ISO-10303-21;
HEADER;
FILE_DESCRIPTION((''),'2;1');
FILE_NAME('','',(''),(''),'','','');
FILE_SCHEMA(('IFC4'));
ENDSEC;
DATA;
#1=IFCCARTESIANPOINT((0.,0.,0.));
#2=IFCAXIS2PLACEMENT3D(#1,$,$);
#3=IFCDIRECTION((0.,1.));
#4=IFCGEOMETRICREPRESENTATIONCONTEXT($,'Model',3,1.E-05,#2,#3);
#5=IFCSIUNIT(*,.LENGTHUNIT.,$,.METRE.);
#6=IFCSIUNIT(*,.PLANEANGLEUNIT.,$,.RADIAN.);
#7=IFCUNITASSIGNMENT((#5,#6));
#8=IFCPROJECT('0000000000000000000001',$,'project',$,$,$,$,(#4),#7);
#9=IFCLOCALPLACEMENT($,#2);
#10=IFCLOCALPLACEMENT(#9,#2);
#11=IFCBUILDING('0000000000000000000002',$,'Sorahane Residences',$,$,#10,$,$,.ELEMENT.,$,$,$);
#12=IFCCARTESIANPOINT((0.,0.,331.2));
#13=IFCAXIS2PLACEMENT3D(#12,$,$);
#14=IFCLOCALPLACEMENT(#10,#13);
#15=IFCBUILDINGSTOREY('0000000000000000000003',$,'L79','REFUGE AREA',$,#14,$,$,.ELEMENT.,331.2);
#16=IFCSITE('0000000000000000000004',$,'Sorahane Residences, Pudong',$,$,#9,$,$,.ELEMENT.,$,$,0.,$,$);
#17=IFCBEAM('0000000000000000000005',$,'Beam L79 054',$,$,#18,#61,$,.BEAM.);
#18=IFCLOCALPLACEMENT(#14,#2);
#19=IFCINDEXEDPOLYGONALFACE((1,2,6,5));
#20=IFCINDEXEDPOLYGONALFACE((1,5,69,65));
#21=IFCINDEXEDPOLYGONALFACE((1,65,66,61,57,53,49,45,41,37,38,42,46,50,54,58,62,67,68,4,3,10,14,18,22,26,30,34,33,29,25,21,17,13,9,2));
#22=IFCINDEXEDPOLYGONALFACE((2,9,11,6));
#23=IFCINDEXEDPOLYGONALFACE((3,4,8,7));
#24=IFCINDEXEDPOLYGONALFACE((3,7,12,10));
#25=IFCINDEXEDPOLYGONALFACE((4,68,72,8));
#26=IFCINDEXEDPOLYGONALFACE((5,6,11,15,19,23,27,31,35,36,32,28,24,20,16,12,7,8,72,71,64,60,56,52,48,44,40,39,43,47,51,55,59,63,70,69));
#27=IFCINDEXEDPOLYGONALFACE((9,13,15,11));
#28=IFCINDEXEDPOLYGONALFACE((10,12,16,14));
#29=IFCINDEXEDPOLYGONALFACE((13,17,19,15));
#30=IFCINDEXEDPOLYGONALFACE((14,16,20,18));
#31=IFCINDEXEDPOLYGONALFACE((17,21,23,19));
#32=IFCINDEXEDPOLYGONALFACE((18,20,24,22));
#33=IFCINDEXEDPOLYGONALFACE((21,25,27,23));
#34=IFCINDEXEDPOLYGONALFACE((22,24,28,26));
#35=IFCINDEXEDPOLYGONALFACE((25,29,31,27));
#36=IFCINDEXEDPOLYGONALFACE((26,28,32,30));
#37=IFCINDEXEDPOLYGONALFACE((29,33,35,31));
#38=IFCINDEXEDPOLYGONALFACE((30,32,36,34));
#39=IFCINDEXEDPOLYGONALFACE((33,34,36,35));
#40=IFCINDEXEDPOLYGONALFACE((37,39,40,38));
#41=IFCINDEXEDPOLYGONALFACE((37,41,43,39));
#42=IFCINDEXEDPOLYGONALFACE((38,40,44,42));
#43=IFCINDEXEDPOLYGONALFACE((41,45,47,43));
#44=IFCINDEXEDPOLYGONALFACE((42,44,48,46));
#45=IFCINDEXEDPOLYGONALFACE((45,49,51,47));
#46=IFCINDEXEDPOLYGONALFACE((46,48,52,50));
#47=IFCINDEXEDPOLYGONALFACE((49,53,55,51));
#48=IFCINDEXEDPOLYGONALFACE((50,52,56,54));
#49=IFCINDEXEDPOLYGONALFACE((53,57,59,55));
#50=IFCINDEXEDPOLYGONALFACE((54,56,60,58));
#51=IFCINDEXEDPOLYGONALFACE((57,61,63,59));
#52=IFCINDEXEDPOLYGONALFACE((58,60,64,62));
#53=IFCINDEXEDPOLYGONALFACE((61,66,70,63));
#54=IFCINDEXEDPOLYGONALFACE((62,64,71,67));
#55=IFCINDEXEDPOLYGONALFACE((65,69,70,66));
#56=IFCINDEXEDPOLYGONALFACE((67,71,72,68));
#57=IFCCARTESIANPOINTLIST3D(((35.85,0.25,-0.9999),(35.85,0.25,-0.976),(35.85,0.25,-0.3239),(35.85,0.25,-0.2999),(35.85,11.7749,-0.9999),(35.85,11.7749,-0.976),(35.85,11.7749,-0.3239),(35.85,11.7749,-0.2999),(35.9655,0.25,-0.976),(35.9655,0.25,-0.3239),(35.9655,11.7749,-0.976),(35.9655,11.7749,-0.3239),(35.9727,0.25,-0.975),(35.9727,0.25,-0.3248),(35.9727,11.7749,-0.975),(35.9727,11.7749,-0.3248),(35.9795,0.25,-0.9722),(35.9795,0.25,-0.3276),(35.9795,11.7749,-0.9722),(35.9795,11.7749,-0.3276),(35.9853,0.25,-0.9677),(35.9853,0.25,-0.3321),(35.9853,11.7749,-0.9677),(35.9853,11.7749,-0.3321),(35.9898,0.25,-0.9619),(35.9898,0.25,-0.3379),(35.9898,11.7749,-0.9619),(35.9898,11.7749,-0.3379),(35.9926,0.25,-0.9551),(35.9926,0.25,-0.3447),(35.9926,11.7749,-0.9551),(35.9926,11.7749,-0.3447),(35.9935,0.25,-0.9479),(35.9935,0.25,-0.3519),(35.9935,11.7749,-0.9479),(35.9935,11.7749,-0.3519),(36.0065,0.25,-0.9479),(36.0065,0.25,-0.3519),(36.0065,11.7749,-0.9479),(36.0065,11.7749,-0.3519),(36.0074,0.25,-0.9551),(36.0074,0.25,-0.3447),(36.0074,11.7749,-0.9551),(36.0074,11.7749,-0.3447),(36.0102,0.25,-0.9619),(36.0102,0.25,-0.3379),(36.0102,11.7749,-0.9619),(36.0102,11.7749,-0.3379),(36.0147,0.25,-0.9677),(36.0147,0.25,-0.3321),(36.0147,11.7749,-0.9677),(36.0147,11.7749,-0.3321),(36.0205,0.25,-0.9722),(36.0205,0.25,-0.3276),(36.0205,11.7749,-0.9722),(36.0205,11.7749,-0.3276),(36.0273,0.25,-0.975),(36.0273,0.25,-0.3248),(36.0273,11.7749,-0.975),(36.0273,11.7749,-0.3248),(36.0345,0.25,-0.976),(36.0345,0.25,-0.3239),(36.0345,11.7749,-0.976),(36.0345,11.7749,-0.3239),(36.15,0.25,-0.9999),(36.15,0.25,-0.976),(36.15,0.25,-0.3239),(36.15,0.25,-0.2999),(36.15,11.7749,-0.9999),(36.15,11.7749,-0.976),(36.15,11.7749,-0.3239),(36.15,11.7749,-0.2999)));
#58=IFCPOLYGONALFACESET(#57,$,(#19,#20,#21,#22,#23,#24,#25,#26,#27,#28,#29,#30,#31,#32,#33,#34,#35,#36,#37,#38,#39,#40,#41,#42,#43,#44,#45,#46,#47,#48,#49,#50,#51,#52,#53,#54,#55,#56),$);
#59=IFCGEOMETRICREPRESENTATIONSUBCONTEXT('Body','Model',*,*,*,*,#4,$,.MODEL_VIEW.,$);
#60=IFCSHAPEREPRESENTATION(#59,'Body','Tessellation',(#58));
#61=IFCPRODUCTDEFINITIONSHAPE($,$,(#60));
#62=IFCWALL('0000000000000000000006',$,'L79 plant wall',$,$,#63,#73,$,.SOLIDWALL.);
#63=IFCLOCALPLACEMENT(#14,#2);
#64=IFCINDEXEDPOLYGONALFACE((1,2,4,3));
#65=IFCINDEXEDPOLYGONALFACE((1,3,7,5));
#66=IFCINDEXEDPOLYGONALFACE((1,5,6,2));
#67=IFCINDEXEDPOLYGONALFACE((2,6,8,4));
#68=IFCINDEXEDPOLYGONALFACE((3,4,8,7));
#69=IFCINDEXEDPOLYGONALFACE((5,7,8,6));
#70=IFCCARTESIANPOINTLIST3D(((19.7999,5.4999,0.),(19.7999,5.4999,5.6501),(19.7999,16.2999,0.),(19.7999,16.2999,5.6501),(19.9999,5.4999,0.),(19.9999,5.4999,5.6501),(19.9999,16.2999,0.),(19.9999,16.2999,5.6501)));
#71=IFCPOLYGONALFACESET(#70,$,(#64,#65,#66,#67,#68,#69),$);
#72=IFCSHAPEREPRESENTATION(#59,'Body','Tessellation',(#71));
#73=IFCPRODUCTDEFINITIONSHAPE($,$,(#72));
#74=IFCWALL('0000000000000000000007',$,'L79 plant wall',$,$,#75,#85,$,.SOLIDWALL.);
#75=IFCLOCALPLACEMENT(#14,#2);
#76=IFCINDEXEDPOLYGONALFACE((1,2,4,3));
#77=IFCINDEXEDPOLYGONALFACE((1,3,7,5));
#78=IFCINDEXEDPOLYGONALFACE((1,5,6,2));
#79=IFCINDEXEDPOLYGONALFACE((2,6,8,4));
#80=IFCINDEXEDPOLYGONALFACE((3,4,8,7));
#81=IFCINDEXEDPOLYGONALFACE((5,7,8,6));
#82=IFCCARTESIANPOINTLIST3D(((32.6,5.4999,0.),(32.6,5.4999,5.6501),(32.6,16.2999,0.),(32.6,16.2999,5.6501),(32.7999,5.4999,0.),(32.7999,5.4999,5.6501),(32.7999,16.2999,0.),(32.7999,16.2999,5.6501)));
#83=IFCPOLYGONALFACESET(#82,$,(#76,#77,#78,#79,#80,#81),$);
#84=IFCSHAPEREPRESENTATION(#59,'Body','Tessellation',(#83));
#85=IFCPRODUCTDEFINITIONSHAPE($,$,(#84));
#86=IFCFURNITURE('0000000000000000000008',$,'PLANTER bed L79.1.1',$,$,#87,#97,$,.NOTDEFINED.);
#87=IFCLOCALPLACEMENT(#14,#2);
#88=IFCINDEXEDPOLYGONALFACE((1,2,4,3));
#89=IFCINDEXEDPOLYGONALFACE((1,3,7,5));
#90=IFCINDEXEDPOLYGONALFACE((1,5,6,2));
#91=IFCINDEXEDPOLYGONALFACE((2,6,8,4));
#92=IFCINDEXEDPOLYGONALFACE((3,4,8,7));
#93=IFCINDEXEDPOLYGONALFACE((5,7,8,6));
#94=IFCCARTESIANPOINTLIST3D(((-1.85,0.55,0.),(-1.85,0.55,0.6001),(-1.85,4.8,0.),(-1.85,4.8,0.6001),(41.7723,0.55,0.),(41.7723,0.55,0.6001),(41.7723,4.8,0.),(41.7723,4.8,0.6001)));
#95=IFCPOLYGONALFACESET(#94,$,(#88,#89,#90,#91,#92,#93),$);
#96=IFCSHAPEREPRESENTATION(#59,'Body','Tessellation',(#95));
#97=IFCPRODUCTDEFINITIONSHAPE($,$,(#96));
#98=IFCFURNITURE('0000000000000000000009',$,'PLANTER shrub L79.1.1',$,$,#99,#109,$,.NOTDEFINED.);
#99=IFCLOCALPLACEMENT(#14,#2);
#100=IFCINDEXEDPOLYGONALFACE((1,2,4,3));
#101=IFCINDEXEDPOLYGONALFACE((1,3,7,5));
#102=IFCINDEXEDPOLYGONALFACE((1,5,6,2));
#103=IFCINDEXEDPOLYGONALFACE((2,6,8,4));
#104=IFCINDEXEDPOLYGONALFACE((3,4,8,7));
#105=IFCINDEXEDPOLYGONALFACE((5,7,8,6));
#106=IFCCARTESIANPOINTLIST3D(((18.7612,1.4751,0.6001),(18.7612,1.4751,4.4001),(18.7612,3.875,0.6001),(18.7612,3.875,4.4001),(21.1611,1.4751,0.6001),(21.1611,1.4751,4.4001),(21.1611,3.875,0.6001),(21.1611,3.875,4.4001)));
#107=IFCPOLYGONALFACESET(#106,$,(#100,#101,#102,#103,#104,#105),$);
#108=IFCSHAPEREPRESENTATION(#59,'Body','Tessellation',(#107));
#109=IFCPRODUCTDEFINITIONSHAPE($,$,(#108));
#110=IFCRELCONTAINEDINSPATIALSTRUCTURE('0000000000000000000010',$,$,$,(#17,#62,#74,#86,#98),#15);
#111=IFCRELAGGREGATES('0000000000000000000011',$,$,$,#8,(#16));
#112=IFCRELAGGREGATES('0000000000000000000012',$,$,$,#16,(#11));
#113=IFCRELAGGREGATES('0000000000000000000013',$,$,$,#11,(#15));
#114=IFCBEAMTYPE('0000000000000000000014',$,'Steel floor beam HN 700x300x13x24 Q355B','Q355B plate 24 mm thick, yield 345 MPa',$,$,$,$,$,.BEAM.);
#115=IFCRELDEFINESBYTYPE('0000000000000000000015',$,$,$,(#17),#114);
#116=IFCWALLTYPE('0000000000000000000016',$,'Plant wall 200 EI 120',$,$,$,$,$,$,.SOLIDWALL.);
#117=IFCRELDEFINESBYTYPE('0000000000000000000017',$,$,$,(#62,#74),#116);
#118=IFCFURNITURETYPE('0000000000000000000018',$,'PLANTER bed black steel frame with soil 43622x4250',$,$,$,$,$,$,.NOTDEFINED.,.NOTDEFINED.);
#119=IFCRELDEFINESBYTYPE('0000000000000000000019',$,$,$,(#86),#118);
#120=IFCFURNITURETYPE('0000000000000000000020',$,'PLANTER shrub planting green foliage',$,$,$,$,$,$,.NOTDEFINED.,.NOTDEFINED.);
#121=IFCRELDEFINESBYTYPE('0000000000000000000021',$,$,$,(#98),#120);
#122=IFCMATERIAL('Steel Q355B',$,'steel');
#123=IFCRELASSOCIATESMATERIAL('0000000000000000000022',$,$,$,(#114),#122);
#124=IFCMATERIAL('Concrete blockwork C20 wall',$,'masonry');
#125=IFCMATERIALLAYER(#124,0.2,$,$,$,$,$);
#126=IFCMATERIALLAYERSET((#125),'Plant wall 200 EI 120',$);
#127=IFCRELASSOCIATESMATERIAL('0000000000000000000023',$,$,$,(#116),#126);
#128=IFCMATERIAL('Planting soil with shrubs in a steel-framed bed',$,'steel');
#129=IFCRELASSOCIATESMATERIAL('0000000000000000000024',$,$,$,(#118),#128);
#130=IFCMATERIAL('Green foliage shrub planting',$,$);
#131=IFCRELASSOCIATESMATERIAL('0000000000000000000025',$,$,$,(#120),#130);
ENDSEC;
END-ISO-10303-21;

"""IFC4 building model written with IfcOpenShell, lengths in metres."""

from ifc_helpers import new_model, si_unit, direction, frame, frame_2d, origin, origin_2d, place, context, subcontext, project, spatial, rectangle, i_section, extrude, material, layer, layer_set, material_profile, profile_set, type_object, element, save


model = new_model("IFC4")

# Units and contexts
model_context = context("Model", 3, precision=1e-05, world=origin(), true_north=direction((0.0, 1.0)))
body_context = subcontext(model_context, "Body", "Model", "MODEL_VIEW")
ifc_project = project(units=[si_unit("LENGTHUNIT", "METRE"), si_unit("PLANEANGLEUNIT", "RADIAN")], contexts=[model_context])

# Site, building, storey
site_placement = place(None, origin())
site = spatial("IfcSite", under=ifc_project, at=site_placement, Name="Sorahane Residences, Pudong", CompositionType="ELEMENT", RefElevation=0.0)
building_placement = place(site_placement, origin())
building = spatial("IfcBuilding", under=site, at=building_placement, Name="Sorahane Residences", CompositionType="ELEMENT")
storey_placement = place(building_placement, frame((0.0, 0.0, 331.2)))
storey = spatial("IfcBuildingStorey", under=building, at=storey_placement, Name="L79", Description="REFUGE AREA", CompositionType="ELEMENT", Elevation=331.2)

# Beam
ifc_material_1 = material(Name="Steel Q355B", Category="steel")
ifc_material_profile_1 = material_profile(ifc_material_1, i_section(OverallWidth=0.3, OverallDepth=0.7, WebThickness=0.0129, FlangeThickness=0.0239, FilletRadius=0.0281, at=origin_2d()), Name="HN 700x300x13x24")
ifc_profile_set_1 = profile_set([ifc_material_profile_1], Name="Steel Q355B")
beam_type_1 = type_object("IfcBeamType", Name="Steel floor beam HN 700x300x13x24 Q355B", Description="Q355B plate 24 mm thick, yield 345 MPa", PredefinedType="BEAM", material=ifc_profile_set_1)
beam_1_placement = place(storey_placement, frame((36.0, 0.25, -0.6499), z_axis=(0.0, 1.0, 0.0), x_axis=(-1.0, 0.0, 0.0)))
element("IfcBeam", 1, at=beam_1_placement, inside=storey, type_object=beam_type_1, Name="Beam L79 054", PredefinedType="BEAM", context=body_context, shape_type="SweptSolid", body=[
    extrude(i_section(OverallWidth=0.3, OverallDepth=0.7, WebThickness=0.0129, FlangeThickness=0.0239, FilletRadius=0.0281, at=origin_2d()), origin(), (0.0, 0.0, 1.0), 11.5249),
])

# Walls
ifc_material_2 = material(Name="Concrete blockwork C20 wall", Category="masonry")
ifc_layer = layer(ifc_material_2, 0.2)
ifc_layer_set = layer_set([ifc_layer], Name="Plant wall 200 EI 120")
wall_type = type_object("IfcWallType", Name="Plant wall 200 EI 120", PredefinedType="SOLIDWALL", material=ifc_layer_set)
for number, where, z_axis, x_axis, name in (
    (2, (19.8999, 5.5, 0.0), (0.0, 0.0, 1.0), (0.0, 1.0, 0.0), "L79 plant wall"),
    (3, (32.7, 5.5, 0.0), (0.0, 0.0, 1.0), (0.0, 1.0, 0.0), "L79 plant wall"),
):
    element("IfcWall", number, at=place(storey_placement, frame(where, z_axis=z_axis, x_axis=x_axis)), inside=storey, type_object=wall_type, Name=name, PredefinedType="SOLIDWALL", context=body_context, shape_type="SweptSolid", body=[
        extrude(rectangle(XDim=10.8, YDim=0.2, at=frame_2d((5.3999, 0.0))), origin(), (0.0, 0.0, 1.0), 5.6501),
    ])

# Furniture
ifc_material_3 = material(Name="Planting soil with shrubs in a steel-framed bed", Category="steel")
furniture_type_1 = type_object("IfcFurnitureType", Name="PLANTER bed black steel frame with soil 43622x4250", AssemblyPlace="NOTDEFINED", PredefinedType="NOTDEFINED", material=ifc_material_3)
furniture_1_placement = place(storey_placement, frame((19.9612, 2.675, 0.0), z_axis=(0.0, 0.0, 1.0), x_axis=(1.0, 0.0, 0.0)))
element("IfcFurniture", 4, at=furniture_1_placement, inside=storey, type_object=furniture_type_1, Name="PLANTER bed L79.1.1", PredefinedType="NOTDEFINED", context=body_context, shape_type="SweptSolid", body=[
    extrude(rectangle(XDim=43.6223, YDim=4.25, at=origin_2d()), origin(), (0.0, 0.0, 1.0), 0.6001),
])
ifc_material_4 = material(Name="Green foliage shrub planting")
furniture_type_2 = type_object("IfcFurnitureType", Name="PLANTER shrub planting green foliage", AssemblyPlace="NOTDEFINED", PredefinedType="NOTDEFINED", material=ifc_material_4)
furniture_2_placement = place(storey_placement, frame((19.9612, 2.675, 0.6001), z_axis=(0.0, 0.0, 1.0), x_axis=(1.0, 0.0, 0.0)))
element("IfcFurniture", 5, at=furniture_2_placement, inside=storey, type_object=furniture_type_2, Name="PLANTER shrub L79.1.1", PredefinedType="NOTDEFINED", context=body_context, shape_type="SweptSolid", body=[
    extrude(rectangle(XDim=2.3999, YDim=2.3999, at=origin_2d()), origin(), (0.0, 0.0, 1.0), 3.8),
])

save(model, "model.ifc")
